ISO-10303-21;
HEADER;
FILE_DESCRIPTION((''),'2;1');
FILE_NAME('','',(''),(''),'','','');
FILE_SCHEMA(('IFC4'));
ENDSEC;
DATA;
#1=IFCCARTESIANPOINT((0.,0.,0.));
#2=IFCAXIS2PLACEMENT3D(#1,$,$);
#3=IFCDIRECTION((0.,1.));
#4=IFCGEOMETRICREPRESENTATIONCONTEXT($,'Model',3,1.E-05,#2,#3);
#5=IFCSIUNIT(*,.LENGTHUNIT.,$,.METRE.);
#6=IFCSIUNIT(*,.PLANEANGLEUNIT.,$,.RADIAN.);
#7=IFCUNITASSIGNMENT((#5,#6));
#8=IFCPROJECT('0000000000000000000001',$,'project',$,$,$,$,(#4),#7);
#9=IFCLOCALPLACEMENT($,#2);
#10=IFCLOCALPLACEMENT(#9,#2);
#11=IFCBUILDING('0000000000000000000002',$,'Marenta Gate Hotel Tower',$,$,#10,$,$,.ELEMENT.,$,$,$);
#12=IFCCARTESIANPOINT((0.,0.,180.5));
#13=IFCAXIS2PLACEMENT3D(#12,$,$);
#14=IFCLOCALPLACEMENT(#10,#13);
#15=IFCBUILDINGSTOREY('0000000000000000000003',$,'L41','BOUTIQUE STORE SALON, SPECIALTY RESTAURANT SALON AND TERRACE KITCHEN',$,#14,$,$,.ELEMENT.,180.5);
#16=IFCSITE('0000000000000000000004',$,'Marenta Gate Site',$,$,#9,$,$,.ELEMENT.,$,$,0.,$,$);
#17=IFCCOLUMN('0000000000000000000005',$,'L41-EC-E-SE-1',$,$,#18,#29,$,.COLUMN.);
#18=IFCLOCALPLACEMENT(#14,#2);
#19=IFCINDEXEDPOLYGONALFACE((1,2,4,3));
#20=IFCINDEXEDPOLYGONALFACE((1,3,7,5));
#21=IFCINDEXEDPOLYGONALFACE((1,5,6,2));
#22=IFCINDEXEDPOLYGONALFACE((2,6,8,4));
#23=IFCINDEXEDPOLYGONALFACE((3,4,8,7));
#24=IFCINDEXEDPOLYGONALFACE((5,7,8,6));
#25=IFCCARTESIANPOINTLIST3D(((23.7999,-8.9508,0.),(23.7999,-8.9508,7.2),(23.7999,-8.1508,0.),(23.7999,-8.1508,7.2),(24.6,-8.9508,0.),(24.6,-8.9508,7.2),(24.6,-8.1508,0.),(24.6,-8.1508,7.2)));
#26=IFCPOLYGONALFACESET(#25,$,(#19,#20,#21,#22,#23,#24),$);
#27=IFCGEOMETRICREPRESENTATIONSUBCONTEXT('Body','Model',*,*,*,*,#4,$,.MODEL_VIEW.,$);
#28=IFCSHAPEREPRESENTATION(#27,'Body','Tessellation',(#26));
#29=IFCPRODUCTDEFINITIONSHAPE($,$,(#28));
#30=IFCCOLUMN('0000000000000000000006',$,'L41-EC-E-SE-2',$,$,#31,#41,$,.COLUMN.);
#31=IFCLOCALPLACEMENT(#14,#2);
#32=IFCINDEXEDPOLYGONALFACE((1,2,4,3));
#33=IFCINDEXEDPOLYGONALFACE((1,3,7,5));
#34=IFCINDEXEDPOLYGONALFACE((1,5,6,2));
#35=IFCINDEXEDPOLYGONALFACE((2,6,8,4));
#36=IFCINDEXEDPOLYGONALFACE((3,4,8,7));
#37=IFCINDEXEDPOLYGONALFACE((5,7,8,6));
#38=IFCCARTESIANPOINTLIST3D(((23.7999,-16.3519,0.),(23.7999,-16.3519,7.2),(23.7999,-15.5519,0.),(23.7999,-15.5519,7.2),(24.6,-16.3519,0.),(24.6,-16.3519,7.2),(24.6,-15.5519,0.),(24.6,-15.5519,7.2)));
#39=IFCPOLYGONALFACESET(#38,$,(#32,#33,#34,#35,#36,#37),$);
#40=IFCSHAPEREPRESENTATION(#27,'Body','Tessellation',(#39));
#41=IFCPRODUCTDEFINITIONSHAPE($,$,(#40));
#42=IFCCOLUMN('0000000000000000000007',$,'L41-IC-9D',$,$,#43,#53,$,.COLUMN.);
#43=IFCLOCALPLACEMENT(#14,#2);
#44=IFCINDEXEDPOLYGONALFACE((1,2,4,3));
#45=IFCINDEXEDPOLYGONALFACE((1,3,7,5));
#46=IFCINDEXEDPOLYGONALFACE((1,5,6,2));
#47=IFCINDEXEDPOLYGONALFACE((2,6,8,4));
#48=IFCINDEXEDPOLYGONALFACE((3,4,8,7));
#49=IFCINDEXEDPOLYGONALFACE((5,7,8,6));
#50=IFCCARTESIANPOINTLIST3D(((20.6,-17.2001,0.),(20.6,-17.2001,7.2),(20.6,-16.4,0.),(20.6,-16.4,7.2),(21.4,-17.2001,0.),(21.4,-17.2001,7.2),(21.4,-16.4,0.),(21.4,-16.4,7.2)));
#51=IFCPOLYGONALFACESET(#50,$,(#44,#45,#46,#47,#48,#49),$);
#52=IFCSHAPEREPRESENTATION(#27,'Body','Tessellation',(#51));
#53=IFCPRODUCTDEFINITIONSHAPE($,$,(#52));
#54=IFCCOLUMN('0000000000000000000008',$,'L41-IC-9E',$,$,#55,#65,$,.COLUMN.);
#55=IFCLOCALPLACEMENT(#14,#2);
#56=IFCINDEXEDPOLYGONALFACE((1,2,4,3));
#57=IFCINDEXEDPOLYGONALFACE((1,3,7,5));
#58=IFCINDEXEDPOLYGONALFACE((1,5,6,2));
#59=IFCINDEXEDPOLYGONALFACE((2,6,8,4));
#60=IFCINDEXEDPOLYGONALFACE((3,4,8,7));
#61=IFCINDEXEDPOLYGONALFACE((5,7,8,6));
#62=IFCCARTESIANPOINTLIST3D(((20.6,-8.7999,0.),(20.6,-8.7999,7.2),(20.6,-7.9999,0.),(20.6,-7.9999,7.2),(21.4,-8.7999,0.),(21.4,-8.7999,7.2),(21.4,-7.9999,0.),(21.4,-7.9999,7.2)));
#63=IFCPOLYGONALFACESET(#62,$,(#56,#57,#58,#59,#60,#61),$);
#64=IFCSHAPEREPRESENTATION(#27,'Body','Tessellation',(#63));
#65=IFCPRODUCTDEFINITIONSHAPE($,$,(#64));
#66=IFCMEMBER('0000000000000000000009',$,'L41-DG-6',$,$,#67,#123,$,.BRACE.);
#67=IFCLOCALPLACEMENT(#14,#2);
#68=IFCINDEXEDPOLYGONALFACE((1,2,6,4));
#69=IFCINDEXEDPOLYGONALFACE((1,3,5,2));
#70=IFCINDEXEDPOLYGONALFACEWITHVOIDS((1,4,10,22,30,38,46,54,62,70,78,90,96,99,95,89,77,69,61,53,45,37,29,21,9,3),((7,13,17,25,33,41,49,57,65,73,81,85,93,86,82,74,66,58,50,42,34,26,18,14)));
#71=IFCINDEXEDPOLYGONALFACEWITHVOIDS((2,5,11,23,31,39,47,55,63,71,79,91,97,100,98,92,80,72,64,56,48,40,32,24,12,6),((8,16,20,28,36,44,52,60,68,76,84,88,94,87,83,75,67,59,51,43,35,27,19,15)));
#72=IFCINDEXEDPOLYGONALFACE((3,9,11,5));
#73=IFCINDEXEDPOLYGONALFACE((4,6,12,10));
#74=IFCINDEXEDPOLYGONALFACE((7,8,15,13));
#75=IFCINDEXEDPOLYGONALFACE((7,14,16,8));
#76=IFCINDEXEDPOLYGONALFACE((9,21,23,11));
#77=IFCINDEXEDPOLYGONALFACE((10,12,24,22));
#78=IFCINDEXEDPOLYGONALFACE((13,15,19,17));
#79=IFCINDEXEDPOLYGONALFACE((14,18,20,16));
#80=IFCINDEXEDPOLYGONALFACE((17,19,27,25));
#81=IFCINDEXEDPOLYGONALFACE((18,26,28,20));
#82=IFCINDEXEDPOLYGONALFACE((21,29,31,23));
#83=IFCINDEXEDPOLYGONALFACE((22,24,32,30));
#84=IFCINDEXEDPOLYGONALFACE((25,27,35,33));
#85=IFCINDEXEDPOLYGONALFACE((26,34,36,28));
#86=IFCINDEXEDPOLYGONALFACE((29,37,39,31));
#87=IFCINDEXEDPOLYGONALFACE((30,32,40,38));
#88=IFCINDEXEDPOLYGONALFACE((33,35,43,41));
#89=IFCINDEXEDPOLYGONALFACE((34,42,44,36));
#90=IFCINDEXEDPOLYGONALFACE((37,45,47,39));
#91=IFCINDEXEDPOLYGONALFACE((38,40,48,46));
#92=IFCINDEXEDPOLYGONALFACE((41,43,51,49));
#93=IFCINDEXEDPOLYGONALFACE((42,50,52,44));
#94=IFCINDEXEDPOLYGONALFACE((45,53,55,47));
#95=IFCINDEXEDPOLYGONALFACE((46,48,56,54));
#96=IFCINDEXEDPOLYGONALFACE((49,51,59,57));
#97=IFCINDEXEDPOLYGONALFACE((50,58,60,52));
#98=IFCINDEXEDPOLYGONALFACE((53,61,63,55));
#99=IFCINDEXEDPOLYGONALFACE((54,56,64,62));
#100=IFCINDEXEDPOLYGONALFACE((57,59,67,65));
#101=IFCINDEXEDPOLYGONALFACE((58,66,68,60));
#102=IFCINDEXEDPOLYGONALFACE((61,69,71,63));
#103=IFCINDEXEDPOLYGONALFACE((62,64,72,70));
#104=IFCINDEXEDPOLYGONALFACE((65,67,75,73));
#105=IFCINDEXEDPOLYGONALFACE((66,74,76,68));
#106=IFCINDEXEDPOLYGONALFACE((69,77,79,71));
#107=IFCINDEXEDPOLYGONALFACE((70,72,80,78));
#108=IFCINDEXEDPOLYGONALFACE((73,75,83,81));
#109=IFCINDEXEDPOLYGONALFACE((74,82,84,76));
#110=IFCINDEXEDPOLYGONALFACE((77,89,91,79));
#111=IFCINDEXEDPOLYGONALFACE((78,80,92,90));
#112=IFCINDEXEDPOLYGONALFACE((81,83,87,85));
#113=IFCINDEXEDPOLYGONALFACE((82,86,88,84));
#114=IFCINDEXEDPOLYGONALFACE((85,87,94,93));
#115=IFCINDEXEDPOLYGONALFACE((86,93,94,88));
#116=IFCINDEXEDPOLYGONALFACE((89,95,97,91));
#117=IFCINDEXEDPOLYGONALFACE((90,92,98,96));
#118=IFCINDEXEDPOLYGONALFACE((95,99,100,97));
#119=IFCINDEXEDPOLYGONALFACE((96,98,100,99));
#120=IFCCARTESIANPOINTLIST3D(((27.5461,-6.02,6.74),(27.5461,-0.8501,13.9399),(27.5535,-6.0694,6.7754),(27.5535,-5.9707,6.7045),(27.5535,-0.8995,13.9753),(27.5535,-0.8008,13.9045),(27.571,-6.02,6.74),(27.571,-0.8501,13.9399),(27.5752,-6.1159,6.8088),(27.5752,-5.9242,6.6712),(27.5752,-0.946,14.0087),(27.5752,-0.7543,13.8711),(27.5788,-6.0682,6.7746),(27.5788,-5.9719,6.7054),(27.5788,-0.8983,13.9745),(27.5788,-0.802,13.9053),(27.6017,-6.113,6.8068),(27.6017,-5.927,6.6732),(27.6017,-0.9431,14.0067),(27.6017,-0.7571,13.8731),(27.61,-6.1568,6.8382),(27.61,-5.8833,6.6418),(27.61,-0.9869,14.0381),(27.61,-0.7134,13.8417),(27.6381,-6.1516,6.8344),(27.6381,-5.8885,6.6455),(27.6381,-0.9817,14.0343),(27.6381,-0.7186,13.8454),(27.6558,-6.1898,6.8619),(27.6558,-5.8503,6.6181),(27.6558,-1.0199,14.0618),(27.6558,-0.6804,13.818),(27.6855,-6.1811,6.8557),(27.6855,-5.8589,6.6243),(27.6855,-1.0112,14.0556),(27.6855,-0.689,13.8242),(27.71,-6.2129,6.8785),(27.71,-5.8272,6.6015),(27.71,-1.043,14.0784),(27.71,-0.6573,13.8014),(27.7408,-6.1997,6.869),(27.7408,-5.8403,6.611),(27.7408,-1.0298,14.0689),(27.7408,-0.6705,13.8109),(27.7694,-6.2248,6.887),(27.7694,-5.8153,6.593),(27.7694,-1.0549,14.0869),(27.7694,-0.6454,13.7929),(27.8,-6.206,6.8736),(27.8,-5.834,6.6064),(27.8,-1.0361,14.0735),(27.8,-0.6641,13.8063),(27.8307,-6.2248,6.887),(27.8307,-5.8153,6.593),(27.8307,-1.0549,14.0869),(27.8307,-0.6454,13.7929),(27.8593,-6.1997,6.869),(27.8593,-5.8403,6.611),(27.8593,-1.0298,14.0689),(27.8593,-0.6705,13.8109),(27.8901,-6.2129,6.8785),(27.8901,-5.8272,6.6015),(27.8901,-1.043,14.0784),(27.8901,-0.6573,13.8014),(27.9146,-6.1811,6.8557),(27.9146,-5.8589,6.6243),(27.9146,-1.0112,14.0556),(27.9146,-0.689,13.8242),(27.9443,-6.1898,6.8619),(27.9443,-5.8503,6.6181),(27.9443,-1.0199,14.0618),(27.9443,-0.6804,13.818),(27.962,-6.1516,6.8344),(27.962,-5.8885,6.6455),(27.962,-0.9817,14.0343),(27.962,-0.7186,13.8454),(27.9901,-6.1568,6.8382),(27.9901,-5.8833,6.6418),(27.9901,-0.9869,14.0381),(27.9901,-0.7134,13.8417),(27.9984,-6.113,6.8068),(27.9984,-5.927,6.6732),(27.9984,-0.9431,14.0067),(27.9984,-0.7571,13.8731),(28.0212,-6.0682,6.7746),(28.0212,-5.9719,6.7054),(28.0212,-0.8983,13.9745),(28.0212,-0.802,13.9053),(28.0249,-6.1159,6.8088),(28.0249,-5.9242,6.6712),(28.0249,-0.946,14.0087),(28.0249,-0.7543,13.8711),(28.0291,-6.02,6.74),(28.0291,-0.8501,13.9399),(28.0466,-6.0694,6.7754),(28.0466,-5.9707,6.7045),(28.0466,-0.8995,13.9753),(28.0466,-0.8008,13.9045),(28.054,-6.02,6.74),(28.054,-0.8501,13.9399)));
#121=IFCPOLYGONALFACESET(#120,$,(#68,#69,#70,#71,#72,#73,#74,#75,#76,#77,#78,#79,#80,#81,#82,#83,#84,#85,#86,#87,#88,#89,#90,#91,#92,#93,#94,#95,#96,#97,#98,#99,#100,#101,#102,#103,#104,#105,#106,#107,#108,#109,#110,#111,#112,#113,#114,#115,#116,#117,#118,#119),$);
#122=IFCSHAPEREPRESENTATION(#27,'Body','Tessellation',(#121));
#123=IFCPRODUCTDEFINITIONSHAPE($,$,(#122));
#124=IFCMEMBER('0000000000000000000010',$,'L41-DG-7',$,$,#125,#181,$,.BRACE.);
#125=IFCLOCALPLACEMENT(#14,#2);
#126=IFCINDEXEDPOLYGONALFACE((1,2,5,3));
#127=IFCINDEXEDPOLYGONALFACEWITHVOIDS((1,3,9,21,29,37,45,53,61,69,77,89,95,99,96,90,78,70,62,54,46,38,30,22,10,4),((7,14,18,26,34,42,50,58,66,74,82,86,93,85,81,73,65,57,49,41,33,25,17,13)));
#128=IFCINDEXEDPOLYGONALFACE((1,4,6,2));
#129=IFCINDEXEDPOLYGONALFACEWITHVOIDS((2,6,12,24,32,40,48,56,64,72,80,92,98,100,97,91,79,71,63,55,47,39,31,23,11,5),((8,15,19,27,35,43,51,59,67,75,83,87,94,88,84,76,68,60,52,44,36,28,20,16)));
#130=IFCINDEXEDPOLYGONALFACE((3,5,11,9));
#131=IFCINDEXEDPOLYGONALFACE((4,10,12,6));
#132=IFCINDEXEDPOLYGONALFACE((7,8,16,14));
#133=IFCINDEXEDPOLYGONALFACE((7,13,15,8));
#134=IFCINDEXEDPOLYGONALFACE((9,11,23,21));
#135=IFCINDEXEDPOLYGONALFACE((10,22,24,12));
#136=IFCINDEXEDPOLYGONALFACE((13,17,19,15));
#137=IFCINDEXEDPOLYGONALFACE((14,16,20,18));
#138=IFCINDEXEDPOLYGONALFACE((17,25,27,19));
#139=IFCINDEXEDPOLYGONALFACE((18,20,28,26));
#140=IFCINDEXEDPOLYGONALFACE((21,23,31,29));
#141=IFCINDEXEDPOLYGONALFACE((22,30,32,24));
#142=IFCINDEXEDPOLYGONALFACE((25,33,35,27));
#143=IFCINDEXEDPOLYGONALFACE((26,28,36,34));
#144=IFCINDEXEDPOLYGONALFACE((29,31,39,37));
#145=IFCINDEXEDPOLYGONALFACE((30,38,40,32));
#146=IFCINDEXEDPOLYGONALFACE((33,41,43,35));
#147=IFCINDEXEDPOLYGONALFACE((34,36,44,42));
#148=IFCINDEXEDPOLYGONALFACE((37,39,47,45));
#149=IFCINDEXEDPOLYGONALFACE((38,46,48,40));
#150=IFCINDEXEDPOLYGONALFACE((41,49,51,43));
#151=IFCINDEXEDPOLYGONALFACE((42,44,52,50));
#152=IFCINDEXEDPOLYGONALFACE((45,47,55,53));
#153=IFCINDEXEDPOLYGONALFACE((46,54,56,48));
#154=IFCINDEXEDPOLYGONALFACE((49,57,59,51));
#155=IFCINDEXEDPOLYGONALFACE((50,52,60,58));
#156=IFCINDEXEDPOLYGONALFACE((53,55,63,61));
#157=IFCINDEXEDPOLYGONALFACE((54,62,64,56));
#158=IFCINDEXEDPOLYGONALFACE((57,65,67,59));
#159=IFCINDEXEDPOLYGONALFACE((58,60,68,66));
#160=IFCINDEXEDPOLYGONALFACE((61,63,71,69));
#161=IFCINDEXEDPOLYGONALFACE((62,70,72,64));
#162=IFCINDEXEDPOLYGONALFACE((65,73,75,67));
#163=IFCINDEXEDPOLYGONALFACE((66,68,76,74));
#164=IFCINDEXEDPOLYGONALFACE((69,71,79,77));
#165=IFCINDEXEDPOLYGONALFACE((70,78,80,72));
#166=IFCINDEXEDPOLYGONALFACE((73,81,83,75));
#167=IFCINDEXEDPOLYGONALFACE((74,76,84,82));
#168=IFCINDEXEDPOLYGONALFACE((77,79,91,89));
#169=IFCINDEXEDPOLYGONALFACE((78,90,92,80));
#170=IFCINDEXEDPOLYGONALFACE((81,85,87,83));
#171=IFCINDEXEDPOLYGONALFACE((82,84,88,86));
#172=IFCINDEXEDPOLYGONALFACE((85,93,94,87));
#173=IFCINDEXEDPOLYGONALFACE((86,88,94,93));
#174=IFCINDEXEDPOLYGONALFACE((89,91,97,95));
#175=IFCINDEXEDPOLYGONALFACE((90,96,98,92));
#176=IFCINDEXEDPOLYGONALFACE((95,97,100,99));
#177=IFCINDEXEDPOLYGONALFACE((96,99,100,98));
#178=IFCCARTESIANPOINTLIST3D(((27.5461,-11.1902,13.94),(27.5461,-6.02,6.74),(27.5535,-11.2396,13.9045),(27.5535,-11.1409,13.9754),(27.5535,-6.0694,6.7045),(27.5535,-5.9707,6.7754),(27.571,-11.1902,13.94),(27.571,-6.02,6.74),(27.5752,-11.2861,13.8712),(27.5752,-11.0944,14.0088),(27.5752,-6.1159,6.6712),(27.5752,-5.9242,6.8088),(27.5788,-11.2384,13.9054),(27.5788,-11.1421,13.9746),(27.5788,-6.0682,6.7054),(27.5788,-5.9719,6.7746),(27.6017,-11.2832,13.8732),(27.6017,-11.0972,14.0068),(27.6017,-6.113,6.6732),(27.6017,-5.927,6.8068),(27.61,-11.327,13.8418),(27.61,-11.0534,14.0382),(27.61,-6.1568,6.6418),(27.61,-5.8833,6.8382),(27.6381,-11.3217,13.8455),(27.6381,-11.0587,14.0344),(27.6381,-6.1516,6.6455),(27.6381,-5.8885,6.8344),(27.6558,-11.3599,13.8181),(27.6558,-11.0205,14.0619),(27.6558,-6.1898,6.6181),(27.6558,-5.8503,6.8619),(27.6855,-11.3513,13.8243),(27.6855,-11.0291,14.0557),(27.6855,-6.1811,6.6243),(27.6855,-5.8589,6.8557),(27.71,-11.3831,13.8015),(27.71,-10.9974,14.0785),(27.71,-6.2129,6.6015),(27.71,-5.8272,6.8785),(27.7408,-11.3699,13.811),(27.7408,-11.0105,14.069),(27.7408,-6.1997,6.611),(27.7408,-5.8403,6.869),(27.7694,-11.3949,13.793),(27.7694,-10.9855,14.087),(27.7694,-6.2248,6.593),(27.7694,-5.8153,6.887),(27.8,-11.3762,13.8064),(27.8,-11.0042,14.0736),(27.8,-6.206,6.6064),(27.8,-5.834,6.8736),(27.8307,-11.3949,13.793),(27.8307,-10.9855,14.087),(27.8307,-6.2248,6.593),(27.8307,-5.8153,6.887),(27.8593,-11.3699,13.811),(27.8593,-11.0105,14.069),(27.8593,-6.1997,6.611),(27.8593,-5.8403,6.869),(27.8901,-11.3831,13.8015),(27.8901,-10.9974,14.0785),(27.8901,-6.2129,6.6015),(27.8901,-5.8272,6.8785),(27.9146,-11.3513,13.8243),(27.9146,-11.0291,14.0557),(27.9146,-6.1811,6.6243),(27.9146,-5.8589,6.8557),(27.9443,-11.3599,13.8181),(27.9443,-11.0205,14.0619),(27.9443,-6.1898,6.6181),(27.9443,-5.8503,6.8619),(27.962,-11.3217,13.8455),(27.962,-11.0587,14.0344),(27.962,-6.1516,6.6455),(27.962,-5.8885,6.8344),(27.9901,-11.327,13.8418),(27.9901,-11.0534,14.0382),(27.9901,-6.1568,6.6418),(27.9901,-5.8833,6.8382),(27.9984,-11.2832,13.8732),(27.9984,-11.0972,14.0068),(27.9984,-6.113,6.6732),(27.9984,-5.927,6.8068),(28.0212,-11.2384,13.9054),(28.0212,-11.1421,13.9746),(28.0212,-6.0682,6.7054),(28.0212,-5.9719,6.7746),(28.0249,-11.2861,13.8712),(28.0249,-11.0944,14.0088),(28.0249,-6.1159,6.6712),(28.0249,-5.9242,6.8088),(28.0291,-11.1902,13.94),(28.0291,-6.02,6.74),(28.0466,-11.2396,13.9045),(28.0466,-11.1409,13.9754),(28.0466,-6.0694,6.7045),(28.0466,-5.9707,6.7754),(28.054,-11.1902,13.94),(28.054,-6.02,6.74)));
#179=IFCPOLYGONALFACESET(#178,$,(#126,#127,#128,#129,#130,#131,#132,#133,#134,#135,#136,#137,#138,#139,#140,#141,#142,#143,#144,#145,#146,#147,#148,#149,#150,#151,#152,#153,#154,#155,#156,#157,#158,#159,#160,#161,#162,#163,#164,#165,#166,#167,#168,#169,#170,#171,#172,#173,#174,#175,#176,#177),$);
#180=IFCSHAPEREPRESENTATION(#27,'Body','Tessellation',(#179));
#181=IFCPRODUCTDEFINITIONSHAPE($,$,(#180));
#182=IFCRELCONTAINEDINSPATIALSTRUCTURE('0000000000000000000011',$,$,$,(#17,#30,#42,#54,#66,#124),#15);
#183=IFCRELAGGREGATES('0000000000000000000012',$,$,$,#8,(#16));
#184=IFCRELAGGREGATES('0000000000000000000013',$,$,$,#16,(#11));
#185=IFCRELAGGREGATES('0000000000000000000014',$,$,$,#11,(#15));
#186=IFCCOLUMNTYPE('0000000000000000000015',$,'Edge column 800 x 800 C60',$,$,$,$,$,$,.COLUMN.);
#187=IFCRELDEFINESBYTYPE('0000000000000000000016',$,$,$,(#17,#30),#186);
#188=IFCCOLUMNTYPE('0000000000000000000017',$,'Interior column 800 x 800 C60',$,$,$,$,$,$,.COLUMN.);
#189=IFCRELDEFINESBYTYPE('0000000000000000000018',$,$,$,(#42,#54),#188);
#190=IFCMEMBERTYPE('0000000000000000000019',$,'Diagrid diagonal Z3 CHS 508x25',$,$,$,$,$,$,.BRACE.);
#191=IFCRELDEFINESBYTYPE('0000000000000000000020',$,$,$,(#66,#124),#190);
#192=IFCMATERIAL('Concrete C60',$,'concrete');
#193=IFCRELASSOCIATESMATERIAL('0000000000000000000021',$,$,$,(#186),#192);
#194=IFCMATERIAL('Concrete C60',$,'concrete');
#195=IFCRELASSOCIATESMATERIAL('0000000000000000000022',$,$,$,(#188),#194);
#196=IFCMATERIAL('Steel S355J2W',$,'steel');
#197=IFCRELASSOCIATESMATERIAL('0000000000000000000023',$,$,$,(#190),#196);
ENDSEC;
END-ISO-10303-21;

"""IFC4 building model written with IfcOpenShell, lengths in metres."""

from ifc_helpers import new_model, si_unit, direction, frame, origin, origin_2d, place, context, subcontext, project, spatial, rectangle, hollow_circle, extrude, material, material_profile, profile_set, type_object, element, save


model = new_model("IFC4")

# Units and contexts
model_context = context("Model", 3, precision=1e-05, world=origin(), true_north=direction((0.0, 1.0)))
body_context = subcontext(model_context, "Body", "Model", "MODEL_VIEW")
ifc_project = project(units=[si_unit("LENGTHUNIT", "METRE"), si_unit("PLANEANGLEUNIT", "RADIAN")], contexts=[model_context])

# Site, building, storey
site_placement = place(None, origin())
site = spatial("IfcSite", under=ifc_project, at=site_placement, Name="Marenta Gate Site", CompositionType="ELEMENT", RefElevation=0.0)
building_placement = place(site_placement, origin())
building = spatial("IfcBuilding", under=site, at=building_placement, Name="Marenta Gate Hotel Tower", CompositionType="ELEMENT")
storey_placement = place(building_placement, frame((0.0, 0.0, 180.5)))
storey = spatial("IfcBuildingStorey", under=building, at=storey_placement, Name="L41", Description="BOUTIQUE STORE SALON, SPECIALTY RESTAURANT SALON AND TERRACE KITCHEN", CompositionType="ELEMENT", Elevation=180.5)

# Columns
ifc_material_1 = material(Name="Concrete C60", Category="concrete")
ifc_material_profile_1 = material_profile(ifc_material_1, rectangle(XDim=0.8, YDim=0.8, at=origin_2d()), Name="800 x 800")
ifc_profile_set_1 = profile_set([ifc_material_profile_1], Name="Concrete C60")
column_type_1 = type_object("IfcColumnType", Name="Edge column 800 x 800 C60", PredefinedType="COLUMN", material=ifc_profile_set_1)
for number, where, z_axis, x_axis, name in (
    (1, (24.2, -8.5508, 0.0), (0.0, 0.0, 1.0), (1.0, 0.0, 0.0), "L41-EC-E-SE-1"),
    (2, (24.2, -15.9519, 0.0), (0.0, 0.0, 1.0), (1.0, 0.0, 0.0), "L41-EC-E-SE-2"),
):
    element("IfcColumn", number, at=place(storey_placement, frame(where, z_axis=z_axis, x_axis=x_axis)), inside=storey, type_object=column_type_1, Name=name, PredefinedType="COLUMN", context=body_context, shape_type="SweptSolid", body=[
        extrude(rectangle(XDim=0.8, YDim=0.8, at=origin_2d()), origin(), (0.0, 0.0, 1.0), 7.2),
    ])
ifc_material_2 = material(Name="Concrete C60", Category="concrete")
ifc_material_profile_2 = material_profile(ifc_material_2, rectangle(XDim=0.8, YDim=0.8, at=origin_2d()), Name="800 x 800")
ifc_profile_set_2 = profile_set([ifc_material_profile_2], Name="Concrete C60")
column_type_2 = type_object("IfcColumnType", Name="Interior column 800 x 800 C60", PredefinedType="COLUMN", material=ifc_profile_set_2)
for number, where, z_axis, x_axis, name in (
    (3, (21.0, -16.8, 0.0), (0.0, 0.0, 1.0), (1.0, 0.0, 0.0), "L41-IC-9D"),
    (4, (21.0, -8.3999, 0.0), (0.0, 0.0, 1.0), (1.0, 0.0, 0.0), "L41-IC-9E"),
):
    element("IfcColumn", number, at=place(storey_placement, frame(where, z_axis=z_axis, x_axis=x_axis)), inside=storey, type_object=column_type_2, Name=name, PredefinedType="COLUMN", context=body_context, shape_type="SweptSolid", body=[
        extrude(rectangle(XDim=0.8, YDim=0.8, at=origin_2d()), origin(), (0.0, 0.0, 1.0), 7.2),
    ])

# Members
ifc_material_3 = material(Name="Steel S355J2W", Category="steel")
ifc_material_profile_3 = material_profile(ifc_material_3, hollow_circle(Radius=0.2539, WallThickness=0.0249, at=origin_2d()), Name="CHS 508x25")
ifc_profile_set_3 = profile_set([ifc_material_profile_3], Name="Steel S355J2W")
member_type_1 = type_object("IfcMemberType", Name="Diagrid diagonal Z3 CHS 508x25", PredefinedType="BRACE", material=ifc_profile_set_3)
member_1_placement = place(storey_placement, frame((27.8, -6.02, 6.74), z_axis=(0.0, 0.583261, 0.812285), x_axis=(-1.0, 0.0, 0.0)))
element("IfcMember", 5, at=member_1_placement, inside=storey, type_object=member_type_1, Name="L41-DG-6", PredefinedType="BRACE", context=body_context, shape_type="SweptSolid", body=[
    extrude(hollow_circle(Radius=0.2539, WallThickness=0.0249, at=origin_2d()), origin(), (0.0, 0.0, 1.0), 8.8638),
])
member_2_placement = place(storey_placement, frame((27.8, -6.02, 6.74), z_axis=(0.0, -0.583279, 0.812272), x_axis=(1.0, 0.0, 0.0)))
element("IfcMember", 6, at=member_2_placement, inside=storey, type_object=member_type_1, Name="L41-DG-7", PredefinedType="BRACE", context=body_context, shape_type="SweptSolid", body=[
    extrude(hollow_circle(Radius=0.2539, WallThickness=0.0249, at=origin_2d()), origin(), (0.0, 0.0, 1.0), 8.864),
])

save(model, "model.ifc")
